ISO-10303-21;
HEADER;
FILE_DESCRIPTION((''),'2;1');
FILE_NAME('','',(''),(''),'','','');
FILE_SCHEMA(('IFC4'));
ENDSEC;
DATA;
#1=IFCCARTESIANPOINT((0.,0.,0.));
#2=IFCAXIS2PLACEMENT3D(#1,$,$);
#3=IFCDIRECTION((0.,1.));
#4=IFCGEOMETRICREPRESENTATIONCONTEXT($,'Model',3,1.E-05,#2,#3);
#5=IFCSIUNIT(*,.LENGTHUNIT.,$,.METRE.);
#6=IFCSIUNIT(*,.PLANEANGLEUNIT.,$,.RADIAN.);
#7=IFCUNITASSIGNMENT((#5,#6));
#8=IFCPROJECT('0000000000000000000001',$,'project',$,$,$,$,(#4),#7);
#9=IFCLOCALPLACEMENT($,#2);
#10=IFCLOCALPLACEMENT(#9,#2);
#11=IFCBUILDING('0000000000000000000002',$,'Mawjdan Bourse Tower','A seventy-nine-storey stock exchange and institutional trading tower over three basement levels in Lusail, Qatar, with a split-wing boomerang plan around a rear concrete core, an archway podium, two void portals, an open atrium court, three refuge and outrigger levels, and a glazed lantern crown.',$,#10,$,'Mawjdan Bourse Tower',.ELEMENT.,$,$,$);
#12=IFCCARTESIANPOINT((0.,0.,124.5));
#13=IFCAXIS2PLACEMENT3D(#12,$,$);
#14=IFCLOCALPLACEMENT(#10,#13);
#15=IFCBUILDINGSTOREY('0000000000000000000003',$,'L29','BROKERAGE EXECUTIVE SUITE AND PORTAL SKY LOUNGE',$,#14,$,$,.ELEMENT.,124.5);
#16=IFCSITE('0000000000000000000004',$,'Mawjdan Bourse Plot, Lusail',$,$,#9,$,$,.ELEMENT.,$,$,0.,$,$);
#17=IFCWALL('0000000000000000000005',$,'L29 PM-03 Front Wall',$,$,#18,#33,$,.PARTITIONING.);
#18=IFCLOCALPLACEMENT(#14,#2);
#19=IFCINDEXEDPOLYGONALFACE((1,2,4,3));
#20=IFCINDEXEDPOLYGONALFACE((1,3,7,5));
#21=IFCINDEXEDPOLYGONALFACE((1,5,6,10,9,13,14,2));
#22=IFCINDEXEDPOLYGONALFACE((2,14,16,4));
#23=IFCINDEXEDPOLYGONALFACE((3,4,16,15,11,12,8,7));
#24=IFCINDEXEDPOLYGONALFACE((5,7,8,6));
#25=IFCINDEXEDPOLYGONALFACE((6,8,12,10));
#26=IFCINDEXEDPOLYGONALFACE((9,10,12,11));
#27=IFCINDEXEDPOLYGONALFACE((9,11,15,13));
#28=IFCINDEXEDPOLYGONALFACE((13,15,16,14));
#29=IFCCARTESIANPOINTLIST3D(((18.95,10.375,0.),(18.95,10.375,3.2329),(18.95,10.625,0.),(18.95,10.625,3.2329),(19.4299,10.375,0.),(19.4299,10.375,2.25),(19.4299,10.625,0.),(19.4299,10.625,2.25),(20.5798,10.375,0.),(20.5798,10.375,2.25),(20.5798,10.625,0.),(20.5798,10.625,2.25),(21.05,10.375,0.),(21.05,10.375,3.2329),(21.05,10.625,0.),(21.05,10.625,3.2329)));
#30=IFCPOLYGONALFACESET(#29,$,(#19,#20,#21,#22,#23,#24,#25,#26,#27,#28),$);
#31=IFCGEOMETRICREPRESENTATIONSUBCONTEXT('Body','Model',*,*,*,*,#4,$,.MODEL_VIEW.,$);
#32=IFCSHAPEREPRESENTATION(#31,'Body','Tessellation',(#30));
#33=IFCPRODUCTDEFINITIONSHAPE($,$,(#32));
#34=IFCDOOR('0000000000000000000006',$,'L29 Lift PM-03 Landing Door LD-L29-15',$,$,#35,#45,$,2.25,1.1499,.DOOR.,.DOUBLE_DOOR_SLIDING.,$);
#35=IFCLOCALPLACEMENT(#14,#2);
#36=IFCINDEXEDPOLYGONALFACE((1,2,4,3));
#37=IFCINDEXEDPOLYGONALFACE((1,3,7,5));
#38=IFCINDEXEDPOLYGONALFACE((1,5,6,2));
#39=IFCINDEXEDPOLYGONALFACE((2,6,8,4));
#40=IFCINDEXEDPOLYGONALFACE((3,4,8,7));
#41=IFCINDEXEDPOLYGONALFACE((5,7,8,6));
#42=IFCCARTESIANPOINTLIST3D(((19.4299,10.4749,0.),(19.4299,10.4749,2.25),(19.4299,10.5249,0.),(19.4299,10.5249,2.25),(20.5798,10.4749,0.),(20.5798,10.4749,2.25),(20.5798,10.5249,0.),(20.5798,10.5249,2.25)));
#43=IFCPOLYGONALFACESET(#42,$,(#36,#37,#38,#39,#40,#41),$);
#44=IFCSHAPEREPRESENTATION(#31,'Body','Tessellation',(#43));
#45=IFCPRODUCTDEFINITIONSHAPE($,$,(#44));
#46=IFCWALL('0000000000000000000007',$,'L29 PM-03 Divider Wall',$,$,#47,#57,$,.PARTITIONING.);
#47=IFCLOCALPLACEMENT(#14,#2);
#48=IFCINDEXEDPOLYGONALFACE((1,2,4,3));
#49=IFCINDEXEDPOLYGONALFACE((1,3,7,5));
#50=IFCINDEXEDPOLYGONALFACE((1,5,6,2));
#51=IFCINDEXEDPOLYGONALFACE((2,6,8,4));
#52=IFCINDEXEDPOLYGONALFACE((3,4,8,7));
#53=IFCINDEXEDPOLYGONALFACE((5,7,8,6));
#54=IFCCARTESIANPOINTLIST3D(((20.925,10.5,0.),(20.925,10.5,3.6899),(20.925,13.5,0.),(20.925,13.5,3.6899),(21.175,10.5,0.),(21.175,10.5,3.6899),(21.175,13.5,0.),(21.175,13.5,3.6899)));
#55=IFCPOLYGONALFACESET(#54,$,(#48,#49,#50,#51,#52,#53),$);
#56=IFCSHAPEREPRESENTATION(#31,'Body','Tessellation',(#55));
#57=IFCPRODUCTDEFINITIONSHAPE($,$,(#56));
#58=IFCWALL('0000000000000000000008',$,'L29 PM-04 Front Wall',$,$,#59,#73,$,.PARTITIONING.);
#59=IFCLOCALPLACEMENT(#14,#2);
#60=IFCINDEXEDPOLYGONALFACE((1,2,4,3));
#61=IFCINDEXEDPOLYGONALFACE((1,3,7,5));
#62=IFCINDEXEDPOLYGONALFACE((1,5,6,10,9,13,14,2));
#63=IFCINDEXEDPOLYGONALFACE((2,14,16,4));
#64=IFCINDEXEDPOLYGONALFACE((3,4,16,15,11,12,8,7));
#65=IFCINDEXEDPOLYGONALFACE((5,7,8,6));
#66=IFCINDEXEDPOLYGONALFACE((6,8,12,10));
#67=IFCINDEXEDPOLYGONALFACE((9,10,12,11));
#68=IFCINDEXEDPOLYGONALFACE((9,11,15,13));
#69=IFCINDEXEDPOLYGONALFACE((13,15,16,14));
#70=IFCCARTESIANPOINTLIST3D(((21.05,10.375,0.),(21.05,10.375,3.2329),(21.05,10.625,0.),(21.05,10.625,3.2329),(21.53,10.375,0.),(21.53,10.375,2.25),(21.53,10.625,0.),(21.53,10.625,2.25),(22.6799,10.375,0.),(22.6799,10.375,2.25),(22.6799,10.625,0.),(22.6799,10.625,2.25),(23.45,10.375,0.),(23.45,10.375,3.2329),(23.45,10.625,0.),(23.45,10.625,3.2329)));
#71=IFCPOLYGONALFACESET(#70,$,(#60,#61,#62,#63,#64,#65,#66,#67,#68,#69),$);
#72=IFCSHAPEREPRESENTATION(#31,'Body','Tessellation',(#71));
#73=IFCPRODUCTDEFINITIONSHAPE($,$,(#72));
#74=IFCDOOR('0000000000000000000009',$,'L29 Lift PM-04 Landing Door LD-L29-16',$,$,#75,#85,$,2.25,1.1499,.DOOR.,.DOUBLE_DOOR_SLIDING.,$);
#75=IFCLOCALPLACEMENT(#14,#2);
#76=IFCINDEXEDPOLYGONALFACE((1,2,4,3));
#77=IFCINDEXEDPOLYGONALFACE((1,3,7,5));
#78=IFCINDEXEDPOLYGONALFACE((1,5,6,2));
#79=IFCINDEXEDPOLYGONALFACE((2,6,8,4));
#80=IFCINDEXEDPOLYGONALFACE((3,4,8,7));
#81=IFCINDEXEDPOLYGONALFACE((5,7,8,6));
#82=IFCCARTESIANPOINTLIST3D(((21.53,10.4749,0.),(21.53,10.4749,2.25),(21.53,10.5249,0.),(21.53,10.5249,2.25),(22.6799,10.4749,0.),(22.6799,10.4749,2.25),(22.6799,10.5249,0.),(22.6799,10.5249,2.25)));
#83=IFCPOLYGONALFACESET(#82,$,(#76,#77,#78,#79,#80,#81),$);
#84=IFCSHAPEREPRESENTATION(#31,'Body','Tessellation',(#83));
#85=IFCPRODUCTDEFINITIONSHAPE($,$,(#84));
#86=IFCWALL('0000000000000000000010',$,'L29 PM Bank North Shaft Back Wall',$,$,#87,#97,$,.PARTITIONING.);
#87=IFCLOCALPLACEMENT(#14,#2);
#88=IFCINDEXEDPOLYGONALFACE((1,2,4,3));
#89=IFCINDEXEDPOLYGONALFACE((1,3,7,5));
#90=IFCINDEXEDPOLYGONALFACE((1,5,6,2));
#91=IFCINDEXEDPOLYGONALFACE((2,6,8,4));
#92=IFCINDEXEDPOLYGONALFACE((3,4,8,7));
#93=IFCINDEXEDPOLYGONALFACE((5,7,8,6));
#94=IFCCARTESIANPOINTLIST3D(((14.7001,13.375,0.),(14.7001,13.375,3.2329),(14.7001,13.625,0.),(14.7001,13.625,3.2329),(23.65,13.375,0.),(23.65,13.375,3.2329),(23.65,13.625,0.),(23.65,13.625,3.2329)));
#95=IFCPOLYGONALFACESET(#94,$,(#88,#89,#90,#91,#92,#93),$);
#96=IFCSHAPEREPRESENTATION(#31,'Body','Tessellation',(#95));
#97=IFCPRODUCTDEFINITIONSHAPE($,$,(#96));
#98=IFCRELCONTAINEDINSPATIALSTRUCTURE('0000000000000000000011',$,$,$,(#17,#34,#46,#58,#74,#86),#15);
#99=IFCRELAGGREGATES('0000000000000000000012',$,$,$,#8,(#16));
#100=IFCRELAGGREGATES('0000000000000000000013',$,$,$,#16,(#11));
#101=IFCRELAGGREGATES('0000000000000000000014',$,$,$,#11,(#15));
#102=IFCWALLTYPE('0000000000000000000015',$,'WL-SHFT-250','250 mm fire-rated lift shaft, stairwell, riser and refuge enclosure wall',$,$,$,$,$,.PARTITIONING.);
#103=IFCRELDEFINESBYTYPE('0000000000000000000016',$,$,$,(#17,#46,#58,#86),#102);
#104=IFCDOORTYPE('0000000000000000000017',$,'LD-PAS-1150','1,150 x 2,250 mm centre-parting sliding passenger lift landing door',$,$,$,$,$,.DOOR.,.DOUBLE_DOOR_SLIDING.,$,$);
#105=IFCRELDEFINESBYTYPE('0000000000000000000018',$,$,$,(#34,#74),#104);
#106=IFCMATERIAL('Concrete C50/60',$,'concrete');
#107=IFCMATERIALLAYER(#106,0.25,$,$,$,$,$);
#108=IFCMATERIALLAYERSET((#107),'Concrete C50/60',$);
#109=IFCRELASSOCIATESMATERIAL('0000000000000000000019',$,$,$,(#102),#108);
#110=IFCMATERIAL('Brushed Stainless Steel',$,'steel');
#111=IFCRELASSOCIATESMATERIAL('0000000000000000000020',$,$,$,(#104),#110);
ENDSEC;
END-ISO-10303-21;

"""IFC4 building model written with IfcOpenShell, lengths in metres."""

from ifc_helpers import new_model, si_unit, direction, frame, frame_2d, origin, place, context, subcontext, project, spatial, rectangle, extrude, material, layer, layer_set, type_object, element, fill, save


model = new_model("IFC4")

# Units and contexts
model_context = context("Model", 3, precision=1e-05, world=origin(), true_north=direction((0.0, 1.0)))
body_context = subcontext(model_context, "Body", "Model", "MODEL_VIEW")
ifc_project = project(units=[si_unit("LENGTHUNIT", "METRE"), si_unit("PLANEANGLEUNIT", "RADIAN")], contexts=[model_context])

# Site, building, storey
site_placement = place(None, origin())
site = spatial("IfcSite", under=ifc_project, at=site_placement, Name="Mawjdan Bourse Plot, Lusail", CompositionType="ELEMENT", RefElevation=0.0)
building_placement = place(site_placement, origin())
building = spatial("IfcBuilding", under=site, at=building_placement, Name="Mawjdan Bourse Tower", Description="A seventy-nine-storey stock exchange and institutional trading tower over three basement levels in Lusail, Qatar, with a split-wing boomerang plan around a rear concrete core, an archway podium, two void portals, an open atrium court, three refuge and outrigger levels, and a glazed lantern crown.", LongName="Mawjdan Bourse Tower", CompositionType="ELEMENT")
storey_placement = place(building_placement, frame((0.0, 0.0, 124.5)))
storey = spatial("IfcBuildingStorey", under=building, at=storey_placement, Name="L29", Description="BROKERAGE EXECUTIVE SUITE AND PORTAL SKY LOUNGE", CompositionType="ELEMENT", Elevation=124.5)

# Shared definitions
ifc_material_1 = material(Name="Concrete C50/60", Category="concrete")
ifc_layer_1 = layer(ifc_material_1, 0.25)
ifc_layer_set_1 = layer_set([ifc_layer_1], Name="Concrete C50/60")
wall_type_1 = type_object("IfcWallType", Name="WL-SHFT-250", Description="250 mm fire-rated lift shaft, stairwell, riser and refuge enclosure wall", PredefinedType="PARTITIONING", material=ifc_layer_set_1)

# Wall, opening, door
wall_1_placement = place(storey_placement, frame((18.95, 10.5, 0.0), z_axis=(0.0, 0.0, 1.0), x_axis=(1.0, 0.0, 0.0)))
wall_1 = element("IfcWall", 1, at=wall_1_placement, inside=storey, type_object=wall_type_1, Name="L29 PM-03 Front Wall", PredefinedType="PARTITIONING", context=body_context, shape_type="SweptSolid", body=[
    extrude(rectangle(XDim=2.1001, YDim=0.25, at=frame_2d((1.05, 0.0))), origin(), (0.0, 0.0, 1.0), 3.2329),
])
opening_1_placement = place(wall_1_placement, frame((0.48, 0.0, 0.0)))
opening_1 = element("IfcOpeningElement", 2, at=opening_1_placement, cuts=wall_1, PredefinedType="OPENING", context=body_context, shape_type="SweptSolid", body=[
    extrude(rectangle(XDim=1.1499, YDim=2.25, at=frame_2d((0.575, 1.125))), frame((0.0, 0.135, 0.0), z_axis=(0.0, -1.0, 0.0), x_axis=(1.0, 0.0, 0.0)), (0.0, 0.0, 1.0), 0.27),
])
ifc_material_2 = material(Name="Brushed Stainless Steel", Category="steel")
door_type_1 = type_object("IfcDoorType", Name="LD-PAS-1150", Description="1,150 x 2,250 mm centre-parting sliding passenger lift landing door", OperationType="DOUBLE_DOOR_SLIDING", PredefinedType="DOOR", material=ifc_material_2)
door_1_placement = place(opening_1_placement, origin())
door_1 = element("IfcDoor", 3, at=door_1_placement, inside=storey, type_object=door_type_1, Name="L29 Lift PM-03 Landing Door LD-L29-15", OperationType="DOUBLE_DOOR_SLIDING", OverallHeight=2.25, OverallWidth=1.1499, PredefinedType="DOOR", context=body_context, shape_type="SweptSolid", body=[
    extrude(rectangle(XDim=1.1499, YDim=2.25, at=frame_2d((0.575, 1.125))), frame((0.0, 0.0249, 0.0), z_axis=(0.0, -1.0, 0.0), x_axis=(1.0, 0.0, 0.0)), (0.0, 0.0, 1.0), 0.05),
])
fill(opening_1, door_1)

# Wall
wall_2_placement = place(storey_placement, frame((21.05, 10.5, 0.0), z_axis=(0.0, 0.0, 1.0), x_axis=(0.0, 1.0, 0.0)))
element("IfcWall", 4, at=wall_2_placement, inside=storey, type_object=wall_type_1, Name="L29 PM-03 Divider Wall", PredefinedType="PARTITIONING", context=body_context, shape_type="SweptSolid", body=[
    extrude(rectangle(XDim=3.0, YDim=0.25, at=frame_2d((1.5, 0.0))), origin(), (0.0, 0.0, 1.0), 3.6899),
])

# Wall, opening, door
wall_3_placement = place(storey_placement, frame((21.05, 10.5, 0.0), z_axis=(0.0, 0.0, 1.0), x_axis=(1.0, 0.0, 0.0)))
wall_3 = element("IfcWall", 5, at=wall_3_placement, inside=storey, type_object=wall_type_1, Name="L29 PM-04 Front Wall", PredefinedType="PARTITIONING", context=body_context, shape_type="SweptSolid", body=[
    extrude(rectangle(XDim=2.3999, YDim=0.25, at=frame_2d((1.2, 0.0))), origin(), (0.0, 0.0, 1.0), 3.2329),
])
opening_2_placement = place(wall_3_placement, frame((0.48, 0.0, 0.0)))
opening_2 = element("IfcOpeningElement", 6, at=opening_2_placement, cuts=wall_3, PredefinedType="OPENING", context=body_context, shape_type="SweptSolid", body=[
    extrude(rectangle(XDim=1.1499, YDim=2.25, at=frame_2d((0.575, 1.125))), frame((0.0, 0.135, 0.0), z_axis=(0.0, -1.0, 0.0), x_axis=(1.0, 0.0, 0.0)), (0.0, 0.0, 1.0), 0.27),
])
door_2_placement = place(opening_2_placement, origin())
door_2 = element("IfcDoor", 7, at=door_2_placement, inside=storey, type_object=door_type_1, Name="L29 Lift PM-04 Landing Door LD-L29-16", OperationType="DOUBLE_DOOR_SLIDING", OverallHeight=2.25, OverallWidth=1.1499, PredefinedType="DOOR", context=body_context, shape_type="SweptSolid", body=[
    extrude(rectangle(XDim=1.1499, YDim=2.25, at=frame_2d((0.575, 1.125))), frame((0.0, 0.0249, 0.0), z_axis=(0.0, -1.0, 0.0), x_axis=(1.0, 0.0, 0.0)), (0.0, 0.0, 1.0), 0.05),
])
fill(opening_2, door_2)

# Wall
wall_4_placement = place(storey_placement, frame((14.7, 13.5, 0.0), z_axis=(0.0, 0.0, 1.0), x_axis=(1.0, 0.0, 0.0)))
element("IfcWall", 8, at=wall_4_placement, inside=storey, type_object=wall_type_1, Name="L29 PM Bank North Shaft Back Wall", PredefinedType="PARTITIONING", context=body_context, shape_type="SweptSolid", body=[
    extrude(rectangle(XDim=8.95, YDim=0.25, at=frame_2d((4.4751, 0.0))), origin(), (0.0, 0.0, 1.0), 3.2329),
])

save(model, "model.ifc")
